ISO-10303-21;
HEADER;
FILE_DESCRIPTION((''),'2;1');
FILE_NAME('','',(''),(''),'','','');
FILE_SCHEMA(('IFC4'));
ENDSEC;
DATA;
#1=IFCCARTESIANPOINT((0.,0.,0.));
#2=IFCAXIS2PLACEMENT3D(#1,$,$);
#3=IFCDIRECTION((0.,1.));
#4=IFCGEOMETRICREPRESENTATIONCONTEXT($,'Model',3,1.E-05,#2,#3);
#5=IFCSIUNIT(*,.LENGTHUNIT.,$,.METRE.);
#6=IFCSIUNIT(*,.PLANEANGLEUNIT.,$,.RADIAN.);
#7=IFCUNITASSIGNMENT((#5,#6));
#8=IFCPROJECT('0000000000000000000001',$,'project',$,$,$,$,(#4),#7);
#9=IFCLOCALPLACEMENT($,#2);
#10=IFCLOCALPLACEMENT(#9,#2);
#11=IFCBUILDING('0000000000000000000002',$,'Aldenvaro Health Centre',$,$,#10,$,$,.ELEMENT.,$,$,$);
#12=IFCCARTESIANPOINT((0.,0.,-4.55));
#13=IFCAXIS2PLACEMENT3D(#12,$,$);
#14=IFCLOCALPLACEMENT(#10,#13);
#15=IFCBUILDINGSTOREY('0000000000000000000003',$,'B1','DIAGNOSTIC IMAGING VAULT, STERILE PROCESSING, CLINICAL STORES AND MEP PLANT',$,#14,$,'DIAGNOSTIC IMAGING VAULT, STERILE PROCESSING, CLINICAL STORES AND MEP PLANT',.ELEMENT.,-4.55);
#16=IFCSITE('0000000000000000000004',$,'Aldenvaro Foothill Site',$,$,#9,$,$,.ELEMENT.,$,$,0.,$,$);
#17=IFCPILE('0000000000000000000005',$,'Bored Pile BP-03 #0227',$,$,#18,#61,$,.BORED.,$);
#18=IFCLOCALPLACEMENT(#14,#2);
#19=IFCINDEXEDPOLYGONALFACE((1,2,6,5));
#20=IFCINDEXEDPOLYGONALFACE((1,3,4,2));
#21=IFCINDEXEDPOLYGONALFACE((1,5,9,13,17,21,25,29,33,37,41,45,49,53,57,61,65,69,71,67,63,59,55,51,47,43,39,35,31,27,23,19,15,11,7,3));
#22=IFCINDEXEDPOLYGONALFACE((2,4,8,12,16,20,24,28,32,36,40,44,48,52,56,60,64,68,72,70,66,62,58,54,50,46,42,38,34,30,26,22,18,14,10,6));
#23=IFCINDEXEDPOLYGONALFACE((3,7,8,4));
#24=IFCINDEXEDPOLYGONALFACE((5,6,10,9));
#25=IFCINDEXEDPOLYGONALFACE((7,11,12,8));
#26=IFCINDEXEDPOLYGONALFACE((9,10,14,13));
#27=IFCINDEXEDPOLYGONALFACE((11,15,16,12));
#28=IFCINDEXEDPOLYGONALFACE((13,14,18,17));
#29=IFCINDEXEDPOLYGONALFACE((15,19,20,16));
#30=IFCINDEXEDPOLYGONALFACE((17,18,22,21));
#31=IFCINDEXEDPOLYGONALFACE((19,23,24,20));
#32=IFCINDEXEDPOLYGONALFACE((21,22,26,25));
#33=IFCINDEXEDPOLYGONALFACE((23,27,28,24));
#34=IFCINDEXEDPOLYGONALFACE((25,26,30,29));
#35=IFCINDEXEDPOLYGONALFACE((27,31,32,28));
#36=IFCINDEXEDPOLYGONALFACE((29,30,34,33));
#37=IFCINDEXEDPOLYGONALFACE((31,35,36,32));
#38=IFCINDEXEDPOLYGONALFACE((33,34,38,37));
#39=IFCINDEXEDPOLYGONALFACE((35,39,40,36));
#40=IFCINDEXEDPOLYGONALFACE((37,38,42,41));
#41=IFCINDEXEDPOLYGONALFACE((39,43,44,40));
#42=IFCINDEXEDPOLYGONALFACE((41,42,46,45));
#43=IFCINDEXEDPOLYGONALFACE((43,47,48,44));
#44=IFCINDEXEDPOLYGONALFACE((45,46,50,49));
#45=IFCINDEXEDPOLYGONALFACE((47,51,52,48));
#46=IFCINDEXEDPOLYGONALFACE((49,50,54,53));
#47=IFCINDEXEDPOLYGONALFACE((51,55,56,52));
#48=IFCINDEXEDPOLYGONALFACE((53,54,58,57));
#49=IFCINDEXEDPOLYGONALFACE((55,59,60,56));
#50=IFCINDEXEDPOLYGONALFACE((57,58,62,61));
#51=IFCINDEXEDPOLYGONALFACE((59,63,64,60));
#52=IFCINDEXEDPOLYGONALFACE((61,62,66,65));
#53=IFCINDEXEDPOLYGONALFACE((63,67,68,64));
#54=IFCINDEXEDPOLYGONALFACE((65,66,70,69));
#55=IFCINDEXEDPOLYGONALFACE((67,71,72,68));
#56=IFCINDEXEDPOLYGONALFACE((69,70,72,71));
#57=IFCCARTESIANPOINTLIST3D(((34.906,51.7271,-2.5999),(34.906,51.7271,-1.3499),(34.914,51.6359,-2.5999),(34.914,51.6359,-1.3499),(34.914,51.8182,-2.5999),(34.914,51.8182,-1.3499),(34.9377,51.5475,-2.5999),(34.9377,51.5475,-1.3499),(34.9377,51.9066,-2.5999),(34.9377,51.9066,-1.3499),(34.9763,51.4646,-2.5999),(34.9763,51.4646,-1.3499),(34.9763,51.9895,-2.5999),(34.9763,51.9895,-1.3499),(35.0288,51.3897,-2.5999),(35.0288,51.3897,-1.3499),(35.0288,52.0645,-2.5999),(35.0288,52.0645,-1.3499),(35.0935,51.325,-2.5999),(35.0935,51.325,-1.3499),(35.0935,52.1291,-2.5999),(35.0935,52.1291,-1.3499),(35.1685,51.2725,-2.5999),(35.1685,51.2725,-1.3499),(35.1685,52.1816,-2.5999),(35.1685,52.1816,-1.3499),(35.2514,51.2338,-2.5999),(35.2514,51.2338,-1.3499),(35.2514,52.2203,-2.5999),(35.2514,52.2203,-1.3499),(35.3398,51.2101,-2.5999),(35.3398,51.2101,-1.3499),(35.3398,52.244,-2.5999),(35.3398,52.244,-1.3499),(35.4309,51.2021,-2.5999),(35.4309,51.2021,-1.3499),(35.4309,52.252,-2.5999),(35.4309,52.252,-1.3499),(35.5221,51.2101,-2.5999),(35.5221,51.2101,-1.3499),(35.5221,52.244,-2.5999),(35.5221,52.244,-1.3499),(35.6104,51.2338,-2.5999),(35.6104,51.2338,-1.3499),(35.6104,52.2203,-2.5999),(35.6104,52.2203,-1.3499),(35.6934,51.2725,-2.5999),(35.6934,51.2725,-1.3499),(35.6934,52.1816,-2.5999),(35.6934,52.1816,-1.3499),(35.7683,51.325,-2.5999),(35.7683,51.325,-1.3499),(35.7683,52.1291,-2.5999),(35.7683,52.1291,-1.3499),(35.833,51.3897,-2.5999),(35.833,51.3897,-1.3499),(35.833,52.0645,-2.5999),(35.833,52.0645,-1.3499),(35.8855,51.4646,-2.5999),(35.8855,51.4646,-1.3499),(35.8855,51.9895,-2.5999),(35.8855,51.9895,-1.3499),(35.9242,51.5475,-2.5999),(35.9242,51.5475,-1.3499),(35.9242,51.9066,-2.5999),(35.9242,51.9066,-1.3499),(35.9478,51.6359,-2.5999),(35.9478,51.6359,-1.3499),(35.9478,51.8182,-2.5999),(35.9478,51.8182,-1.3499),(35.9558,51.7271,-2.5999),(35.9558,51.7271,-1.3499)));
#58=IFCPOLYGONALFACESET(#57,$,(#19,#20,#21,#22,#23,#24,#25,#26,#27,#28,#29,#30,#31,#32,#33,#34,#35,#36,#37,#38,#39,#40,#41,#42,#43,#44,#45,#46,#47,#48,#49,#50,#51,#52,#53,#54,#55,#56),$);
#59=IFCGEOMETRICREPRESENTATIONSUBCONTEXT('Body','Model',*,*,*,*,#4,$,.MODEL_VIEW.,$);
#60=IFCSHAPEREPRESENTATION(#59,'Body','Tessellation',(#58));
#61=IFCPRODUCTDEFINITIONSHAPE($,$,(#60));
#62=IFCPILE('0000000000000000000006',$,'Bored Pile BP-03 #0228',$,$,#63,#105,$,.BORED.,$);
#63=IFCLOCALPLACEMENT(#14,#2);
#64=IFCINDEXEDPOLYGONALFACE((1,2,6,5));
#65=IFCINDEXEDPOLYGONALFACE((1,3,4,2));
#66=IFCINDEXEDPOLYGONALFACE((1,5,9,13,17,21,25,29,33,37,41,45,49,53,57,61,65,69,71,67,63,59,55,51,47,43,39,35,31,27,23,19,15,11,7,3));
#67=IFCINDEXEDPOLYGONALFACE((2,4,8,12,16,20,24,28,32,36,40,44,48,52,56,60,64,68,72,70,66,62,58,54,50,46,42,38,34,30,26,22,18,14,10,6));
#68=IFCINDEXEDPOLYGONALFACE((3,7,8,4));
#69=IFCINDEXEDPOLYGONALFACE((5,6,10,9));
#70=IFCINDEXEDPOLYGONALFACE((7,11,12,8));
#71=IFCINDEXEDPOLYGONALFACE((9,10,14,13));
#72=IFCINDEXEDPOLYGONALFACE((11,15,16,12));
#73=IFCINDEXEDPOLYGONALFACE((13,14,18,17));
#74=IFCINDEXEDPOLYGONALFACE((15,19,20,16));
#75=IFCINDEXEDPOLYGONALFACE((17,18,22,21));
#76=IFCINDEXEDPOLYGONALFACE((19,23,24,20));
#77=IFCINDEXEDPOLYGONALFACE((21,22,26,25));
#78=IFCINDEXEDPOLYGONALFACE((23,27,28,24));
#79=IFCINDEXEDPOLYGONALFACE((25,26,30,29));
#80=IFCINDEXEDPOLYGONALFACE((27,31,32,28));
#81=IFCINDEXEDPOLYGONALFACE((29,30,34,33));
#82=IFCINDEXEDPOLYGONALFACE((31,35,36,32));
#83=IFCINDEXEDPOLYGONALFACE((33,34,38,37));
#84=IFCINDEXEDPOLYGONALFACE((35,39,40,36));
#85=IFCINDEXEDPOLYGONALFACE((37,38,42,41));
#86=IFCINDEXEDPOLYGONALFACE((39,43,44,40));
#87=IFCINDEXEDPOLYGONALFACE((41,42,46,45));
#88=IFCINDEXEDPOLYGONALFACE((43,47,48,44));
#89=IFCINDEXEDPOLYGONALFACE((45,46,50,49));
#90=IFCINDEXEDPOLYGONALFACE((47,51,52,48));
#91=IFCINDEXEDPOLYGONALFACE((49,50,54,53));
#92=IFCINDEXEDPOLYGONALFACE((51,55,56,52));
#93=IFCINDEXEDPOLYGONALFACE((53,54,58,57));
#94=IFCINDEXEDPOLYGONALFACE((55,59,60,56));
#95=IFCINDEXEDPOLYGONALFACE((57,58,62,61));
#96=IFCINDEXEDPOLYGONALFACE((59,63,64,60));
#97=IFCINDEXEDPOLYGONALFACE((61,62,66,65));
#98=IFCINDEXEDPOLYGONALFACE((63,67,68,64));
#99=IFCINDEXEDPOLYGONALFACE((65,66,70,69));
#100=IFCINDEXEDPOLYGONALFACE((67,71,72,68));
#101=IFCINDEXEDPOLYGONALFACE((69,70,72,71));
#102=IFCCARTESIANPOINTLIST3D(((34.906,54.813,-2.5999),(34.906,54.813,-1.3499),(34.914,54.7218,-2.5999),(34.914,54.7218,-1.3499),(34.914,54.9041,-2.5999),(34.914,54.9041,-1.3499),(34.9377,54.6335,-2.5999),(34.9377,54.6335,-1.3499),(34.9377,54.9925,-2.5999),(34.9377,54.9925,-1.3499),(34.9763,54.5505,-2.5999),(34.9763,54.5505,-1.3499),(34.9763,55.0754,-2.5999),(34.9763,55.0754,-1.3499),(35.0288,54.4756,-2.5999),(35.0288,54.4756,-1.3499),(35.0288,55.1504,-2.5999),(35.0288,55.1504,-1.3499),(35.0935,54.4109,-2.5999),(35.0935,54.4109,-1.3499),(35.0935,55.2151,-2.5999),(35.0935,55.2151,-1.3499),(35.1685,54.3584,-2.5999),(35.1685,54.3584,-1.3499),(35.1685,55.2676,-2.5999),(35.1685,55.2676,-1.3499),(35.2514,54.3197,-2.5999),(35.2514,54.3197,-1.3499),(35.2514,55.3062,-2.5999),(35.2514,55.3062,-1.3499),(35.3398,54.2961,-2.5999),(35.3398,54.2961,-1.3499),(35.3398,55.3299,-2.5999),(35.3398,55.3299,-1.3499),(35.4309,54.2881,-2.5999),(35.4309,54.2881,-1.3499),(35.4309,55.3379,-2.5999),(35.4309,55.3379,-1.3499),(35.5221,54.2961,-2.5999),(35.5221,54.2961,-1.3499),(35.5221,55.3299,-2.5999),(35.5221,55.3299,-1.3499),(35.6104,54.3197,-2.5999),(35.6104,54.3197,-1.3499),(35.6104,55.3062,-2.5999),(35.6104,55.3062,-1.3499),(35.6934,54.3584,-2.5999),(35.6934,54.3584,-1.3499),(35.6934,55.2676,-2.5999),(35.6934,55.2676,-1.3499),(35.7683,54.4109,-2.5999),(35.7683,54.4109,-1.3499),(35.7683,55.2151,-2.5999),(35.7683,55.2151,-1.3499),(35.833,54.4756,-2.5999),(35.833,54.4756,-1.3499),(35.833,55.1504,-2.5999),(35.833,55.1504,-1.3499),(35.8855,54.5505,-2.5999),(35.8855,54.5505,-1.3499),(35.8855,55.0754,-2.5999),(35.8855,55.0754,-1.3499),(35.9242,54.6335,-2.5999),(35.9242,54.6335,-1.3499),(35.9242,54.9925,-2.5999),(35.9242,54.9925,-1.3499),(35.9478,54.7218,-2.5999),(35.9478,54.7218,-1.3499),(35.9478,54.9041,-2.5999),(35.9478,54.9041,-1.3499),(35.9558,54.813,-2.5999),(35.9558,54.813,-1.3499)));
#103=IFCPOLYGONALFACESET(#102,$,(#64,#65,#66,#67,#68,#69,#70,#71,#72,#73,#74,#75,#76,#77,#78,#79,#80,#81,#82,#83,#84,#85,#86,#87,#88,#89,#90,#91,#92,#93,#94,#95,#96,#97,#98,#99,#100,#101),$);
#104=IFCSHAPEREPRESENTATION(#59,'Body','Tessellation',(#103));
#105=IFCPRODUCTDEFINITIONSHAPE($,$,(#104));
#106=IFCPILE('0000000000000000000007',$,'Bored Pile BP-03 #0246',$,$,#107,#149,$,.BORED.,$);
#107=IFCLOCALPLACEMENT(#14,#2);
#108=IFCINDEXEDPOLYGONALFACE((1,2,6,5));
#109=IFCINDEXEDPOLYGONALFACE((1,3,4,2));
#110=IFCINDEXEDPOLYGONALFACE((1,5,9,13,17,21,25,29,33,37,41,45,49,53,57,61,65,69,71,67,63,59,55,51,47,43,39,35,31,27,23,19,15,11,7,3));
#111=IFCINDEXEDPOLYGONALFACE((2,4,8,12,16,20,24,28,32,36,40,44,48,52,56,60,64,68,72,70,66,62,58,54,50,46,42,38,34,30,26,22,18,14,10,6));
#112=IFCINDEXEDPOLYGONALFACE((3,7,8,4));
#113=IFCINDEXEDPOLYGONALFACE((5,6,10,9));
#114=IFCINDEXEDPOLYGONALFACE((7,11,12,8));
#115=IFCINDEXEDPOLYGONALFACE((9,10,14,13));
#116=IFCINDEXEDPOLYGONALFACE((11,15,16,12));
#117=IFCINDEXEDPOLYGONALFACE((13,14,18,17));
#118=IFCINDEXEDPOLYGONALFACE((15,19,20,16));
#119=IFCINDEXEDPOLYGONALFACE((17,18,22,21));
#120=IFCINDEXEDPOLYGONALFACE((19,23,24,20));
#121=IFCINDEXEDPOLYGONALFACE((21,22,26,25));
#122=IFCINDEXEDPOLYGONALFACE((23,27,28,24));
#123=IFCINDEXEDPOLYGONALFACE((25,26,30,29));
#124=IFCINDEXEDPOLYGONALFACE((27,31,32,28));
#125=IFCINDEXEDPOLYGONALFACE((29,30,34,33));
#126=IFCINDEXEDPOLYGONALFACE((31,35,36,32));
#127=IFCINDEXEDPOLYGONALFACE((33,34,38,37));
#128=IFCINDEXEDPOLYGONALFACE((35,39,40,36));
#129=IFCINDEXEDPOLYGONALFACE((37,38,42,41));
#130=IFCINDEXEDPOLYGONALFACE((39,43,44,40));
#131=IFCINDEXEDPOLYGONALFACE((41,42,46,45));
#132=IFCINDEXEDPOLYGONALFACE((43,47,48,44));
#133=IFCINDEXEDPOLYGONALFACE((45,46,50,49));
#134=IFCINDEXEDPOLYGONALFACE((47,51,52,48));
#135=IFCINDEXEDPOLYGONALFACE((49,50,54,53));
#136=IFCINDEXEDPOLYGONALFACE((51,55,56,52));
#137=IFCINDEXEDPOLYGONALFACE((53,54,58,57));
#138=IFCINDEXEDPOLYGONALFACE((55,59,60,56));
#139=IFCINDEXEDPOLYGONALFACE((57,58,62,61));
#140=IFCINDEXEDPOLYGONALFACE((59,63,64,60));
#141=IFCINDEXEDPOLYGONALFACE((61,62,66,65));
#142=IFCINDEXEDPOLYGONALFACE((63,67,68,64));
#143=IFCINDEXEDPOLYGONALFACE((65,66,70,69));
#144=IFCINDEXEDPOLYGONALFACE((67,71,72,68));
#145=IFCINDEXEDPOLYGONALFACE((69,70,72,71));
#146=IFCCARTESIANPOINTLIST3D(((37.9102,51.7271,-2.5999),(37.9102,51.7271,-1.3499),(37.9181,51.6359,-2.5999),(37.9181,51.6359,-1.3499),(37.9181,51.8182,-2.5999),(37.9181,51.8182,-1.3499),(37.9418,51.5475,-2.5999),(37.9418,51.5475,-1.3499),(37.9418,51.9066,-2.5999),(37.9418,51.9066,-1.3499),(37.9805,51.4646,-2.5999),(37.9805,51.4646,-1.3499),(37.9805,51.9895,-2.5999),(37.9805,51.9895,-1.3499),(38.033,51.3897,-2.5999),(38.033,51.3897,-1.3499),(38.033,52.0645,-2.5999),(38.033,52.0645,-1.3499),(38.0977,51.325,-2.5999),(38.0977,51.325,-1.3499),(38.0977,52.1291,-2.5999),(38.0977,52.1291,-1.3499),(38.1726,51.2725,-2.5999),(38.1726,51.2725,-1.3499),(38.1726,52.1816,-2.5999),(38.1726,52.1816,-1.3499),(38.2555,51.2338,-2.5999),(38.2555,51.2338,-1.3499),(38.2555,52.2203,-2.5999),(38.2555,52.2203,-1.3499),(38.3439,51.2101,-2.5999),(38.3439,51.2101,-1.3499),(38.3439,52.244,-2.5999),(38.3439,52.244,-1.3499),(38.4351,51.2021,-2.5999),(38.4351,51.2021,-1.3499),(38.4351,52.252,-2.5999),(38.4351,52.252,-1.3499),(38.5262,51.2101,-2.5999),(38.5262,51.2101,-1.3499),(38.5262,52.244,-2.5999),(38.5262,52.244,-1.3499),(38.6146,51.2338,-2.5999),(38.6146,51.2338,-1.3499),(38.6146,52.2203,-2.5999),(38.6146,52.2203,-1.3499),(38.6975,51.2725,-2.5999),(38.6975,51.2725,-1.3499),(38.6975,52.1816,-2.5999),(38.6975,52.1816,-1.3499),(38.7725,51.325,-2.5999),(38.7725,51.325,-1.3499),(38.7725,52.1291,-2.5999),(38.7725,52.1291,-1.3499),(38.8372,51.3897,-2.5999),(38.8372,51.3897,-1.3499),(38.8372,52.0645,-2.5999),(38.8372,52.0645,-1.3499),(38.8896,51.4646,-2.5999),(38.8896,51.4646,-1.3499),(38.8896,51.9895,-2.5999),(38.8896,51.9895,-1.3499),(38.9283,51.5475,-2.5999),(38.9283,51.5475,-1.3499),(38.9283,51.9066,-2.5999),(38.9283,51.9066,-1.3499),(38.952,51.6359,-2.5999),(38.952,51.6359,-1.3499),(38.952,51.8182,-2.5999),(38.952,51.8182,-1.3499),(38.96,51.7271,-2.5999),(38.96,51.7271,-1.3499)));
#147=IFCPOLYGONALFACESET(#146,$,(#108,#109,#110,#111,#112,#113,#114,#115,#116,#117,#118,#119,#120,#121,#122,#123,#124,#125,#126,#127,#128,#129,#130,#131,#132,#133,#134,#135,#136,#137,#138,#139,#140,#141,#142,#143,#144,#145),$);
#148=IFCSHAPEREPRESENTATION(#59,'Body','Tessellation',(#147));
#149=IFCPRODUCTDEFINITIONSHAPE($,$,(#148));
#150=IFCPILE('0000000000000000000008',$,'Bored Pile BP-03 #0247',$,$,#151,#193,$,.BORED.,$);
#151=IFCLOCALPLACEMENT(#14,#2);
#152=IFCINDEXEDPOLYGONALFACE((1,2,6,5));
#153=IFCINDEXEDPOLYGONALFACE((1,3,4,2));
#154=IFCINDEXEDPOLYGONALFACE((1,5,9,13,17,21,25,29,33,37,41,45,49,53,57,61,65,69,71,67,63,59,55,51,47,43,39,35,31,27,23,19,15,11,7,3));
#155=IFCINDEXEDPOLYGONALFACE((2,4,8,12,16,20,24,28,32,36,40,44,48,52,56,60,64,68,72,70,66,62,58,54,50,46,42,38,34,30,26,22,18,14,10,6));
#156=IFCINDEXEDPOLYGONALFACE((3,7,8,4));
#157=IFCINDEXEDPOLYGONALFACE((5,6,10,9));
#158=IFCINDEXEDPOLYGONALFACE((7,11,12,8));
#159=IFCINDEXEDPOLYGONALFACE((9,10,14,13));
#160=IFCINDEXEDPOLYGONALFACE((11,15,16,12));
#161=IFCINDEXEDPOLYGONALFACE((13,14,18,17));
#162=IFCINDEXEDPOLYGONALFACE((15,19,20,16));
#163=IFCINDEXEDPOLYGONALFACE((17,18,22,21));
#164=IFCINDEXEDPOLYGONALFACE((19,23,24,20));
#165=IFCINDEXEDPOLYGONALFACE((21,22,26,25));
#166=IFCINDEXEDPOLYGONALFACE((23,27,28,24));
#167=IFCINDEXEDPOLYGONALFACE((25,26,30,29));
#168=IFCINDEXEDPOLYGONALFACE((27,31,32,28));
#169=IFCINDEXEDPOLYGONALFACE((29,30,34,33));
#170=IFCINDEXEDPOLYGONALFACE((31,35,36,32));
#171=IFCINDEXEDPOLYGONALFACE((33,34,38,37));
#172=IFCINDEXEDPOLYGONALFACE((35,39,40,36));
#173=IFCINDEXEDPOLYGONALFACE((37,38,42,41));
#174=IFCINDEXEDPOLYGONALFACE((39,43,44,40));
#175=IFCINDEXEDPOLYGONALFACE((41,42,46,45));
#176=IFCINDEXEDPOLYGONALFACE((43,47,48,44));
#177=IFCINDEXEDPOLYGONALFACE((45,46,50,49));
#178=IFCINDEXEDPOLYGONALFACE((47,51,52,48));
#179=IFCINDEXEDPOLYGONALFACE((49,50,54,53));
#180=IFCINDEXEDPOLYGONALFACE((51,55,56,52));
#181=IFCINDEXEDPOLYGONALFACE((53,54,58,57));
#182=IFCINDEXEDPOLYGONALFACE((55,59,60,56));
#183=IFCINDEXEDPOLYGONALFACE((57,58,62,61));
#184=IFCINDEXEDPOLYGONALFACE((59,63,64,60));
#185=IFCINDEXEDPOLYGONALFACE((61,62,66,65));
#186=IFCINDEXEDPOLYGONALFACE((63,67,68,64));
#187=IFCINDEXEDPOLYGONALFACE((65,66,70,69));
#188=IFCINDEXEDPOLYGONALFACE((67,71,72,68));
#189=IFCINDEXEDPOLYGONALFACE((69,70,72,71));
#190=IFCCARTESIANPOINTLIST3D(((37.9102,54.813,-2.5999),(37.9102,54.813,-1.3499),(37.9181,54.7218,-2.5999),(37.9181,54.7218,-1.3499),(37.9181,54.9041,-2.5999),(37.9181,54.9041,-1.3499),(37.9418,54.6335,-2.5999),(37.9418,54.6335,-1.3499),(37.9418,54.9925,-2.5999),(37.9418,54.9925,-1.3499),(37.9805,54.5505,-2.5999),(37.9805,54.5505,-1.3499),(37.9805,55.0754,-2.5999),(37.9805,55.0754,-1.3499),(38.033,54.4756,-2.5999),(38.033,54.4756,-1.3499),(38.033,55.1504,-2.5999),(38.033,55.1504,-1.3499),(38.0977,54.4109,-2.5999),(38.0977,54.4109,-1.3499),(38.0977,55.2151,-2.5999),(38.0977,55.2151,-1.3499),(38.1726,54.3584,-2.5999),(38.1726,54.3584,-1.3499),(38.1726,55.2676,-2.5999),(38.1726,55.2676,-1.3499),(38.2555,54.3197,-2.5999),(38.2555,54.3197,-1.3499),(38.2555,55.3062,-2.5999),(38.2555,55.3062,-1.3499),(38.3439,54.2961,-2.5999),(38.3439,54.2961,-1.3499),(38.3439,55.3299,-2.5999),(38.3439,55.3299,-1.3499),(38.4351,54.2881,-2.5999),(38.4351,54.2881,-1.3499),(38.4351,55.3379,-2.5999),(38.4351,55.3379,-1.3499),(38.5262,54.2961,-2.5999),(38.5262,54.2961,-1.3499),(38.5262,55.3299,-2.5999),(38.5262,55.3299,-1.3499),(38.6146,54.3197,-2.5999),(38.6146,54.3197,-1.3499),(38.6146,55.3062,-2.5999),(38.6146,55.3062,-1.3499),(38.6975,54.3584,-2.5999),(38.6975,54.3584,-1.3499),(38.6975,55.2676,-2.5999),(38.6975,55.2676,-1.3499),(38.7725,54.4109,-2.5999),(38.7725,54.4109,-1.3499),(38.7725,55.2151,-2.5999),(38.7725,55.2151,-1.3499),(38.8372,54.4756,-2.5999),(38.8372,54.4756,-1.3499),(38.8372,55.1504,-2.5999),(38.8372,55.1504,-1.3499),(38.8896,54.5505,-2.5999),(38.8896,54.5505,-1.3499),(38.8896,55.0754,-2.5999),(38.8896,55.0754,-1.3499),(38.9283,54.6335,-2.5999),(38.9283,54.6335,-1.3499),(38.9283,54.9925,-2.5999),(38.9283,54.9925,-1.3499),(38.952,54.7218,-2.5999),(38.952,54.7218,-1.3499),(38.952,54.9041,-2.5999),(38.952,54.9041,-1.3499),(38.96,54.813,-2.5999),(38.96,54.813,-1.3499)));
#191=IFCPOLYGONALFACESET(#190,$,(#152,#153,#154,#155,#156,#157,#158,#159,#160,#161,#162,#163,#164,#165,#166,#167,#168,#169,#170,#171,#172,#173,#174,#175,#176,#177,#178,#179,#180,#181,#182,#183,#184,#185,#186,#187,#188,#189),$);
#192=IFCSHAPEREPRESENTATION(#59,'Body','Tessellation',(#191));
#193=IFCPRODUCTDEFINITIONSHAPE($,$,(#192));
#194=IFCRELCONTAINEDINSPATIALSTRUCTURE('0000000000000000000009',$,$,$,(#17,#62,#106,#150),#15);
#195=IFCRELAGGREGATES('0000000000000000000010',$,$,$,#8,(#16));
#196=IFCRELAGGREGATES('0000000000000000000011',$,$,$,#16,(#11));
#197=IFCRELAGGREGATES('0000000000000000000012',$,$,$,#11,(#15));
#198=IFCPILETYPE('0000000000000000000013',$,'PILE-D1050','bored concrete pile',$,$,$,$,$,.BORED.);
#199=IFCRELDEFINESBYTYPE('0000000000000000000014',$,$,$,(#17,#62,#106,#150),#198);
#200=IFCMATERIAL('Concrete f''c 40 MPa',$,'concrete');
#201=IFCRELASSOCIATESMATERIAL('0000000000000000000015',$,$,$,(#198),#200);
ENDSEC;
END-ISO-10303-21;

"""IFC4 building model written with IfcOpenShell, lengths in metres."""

from ifc_helpers import new_model, si_unit, direction, frame, origin, origin_2d, place, context, subcontext, project, spatial, circle, extrude, material, material_profile, profile_set, type_object, element, save


model = new_model("IFC4")

# Units and contexts
model_context = context("Model", 3, precision=1e-05, world=origin(), true_north=direction((0.0, 1.0)))
body_context = subcontext(model_context, "Body", "Model", "MODEL_VIEW")
ifc_project = project(units=[si_unit("LENGTHUNIT", "METRE"), si_unit("PLANEANGLEUNIT", "RADIAN")], contexts=[model_context])

# Site, building, storey
site_placement = place(None, origin())
site = spatial("IfcSite", under=ifc_project, at=site_placement, Name="Aldenvaro Foothill Site", CompositionType="ELEMENT", RefElevation=0.0)
building_placement = place(site_placement, origin())
building = spatial("IfcBuilding", under=site, at=building_placement, Name="Aldenvaro Health Centre", CompositionType="ELEMENT")
storey_placement = place(building_placement, frame((0.0, 0.0, -4.55)))
storey = spatial("IfcBuildingStorey", under=building, at=storey_placement, Name="B1", Description="DIAGNOSTIC IMAGING VAULT, STERILE PROCESSING, CLINICAL STORES AND MEP PLANT", LongName="DIAGNOSTIC IMAGING VAULT, STERILE PROCESSING, CLINICAL STORES AND MEP PLANT", CompositionType="ELEMENT", Elevation=-4.55)

# Piles
ifc_material_1 = material(Name="Concrete f'c 40 MPa", Category="concrete")
ifc_material_profile_1 = material_profile(ifc_material_1, circle(Radius=0.5249, at=origin_2d()), Name="PILE D1050", Category="concrete")
ifc_profile_set_1 = profile_set([ifc_material_profile_1], Name="Concrete f'c 40 MPa")
pile_type_1 = type_object("IfcPileType", Name="PILE-D1050", Description="bored concrete pile", PredefinedType="BORED", material=ifc_profile_set_1)
for number, where, z_axis, x_axis, name in (
    (1, (35.4309, 51.7271, -1.3499), (0.0, 0.0, -1.0), (1.0, 0.0, 0.0), "Bored Pile BP-03 #0227"),
    (2, (35.4309, 54.813, -1.3499), (0.0, 0.0, -1.0), (1.0, 0.0, 0.0), "Bored Pile BP-03 #0228"),
    (3, (38.4351, 51.7271, -1.3499), (0.0, 0.0, -1.0), (1.0, 0.0, 0.0), "Bored Pile BP-03 #0246"),
    (4, (38.4351, 54.813, -1.3499), (0.0, 0.0, -1.0), (1.0, 0.0, 0.0), "Bored Pile BP-03 #0247"),
):
    element("IfcPile", number, at=place(storey_placement, frame(where, z_axis=z_axis, x_axis=x_axis)), inside=storey, type_object=pile_type_1, Name=name, PredefinedType="BORED", context=body_context, shape_type="SweptSolid", body=[
        extrude(circle(Radius=0.5249, at=origin_2d()), origin(), (0.0, 0.0, 1.0), 1.25),
    ])

save(model, "model.ifc")
